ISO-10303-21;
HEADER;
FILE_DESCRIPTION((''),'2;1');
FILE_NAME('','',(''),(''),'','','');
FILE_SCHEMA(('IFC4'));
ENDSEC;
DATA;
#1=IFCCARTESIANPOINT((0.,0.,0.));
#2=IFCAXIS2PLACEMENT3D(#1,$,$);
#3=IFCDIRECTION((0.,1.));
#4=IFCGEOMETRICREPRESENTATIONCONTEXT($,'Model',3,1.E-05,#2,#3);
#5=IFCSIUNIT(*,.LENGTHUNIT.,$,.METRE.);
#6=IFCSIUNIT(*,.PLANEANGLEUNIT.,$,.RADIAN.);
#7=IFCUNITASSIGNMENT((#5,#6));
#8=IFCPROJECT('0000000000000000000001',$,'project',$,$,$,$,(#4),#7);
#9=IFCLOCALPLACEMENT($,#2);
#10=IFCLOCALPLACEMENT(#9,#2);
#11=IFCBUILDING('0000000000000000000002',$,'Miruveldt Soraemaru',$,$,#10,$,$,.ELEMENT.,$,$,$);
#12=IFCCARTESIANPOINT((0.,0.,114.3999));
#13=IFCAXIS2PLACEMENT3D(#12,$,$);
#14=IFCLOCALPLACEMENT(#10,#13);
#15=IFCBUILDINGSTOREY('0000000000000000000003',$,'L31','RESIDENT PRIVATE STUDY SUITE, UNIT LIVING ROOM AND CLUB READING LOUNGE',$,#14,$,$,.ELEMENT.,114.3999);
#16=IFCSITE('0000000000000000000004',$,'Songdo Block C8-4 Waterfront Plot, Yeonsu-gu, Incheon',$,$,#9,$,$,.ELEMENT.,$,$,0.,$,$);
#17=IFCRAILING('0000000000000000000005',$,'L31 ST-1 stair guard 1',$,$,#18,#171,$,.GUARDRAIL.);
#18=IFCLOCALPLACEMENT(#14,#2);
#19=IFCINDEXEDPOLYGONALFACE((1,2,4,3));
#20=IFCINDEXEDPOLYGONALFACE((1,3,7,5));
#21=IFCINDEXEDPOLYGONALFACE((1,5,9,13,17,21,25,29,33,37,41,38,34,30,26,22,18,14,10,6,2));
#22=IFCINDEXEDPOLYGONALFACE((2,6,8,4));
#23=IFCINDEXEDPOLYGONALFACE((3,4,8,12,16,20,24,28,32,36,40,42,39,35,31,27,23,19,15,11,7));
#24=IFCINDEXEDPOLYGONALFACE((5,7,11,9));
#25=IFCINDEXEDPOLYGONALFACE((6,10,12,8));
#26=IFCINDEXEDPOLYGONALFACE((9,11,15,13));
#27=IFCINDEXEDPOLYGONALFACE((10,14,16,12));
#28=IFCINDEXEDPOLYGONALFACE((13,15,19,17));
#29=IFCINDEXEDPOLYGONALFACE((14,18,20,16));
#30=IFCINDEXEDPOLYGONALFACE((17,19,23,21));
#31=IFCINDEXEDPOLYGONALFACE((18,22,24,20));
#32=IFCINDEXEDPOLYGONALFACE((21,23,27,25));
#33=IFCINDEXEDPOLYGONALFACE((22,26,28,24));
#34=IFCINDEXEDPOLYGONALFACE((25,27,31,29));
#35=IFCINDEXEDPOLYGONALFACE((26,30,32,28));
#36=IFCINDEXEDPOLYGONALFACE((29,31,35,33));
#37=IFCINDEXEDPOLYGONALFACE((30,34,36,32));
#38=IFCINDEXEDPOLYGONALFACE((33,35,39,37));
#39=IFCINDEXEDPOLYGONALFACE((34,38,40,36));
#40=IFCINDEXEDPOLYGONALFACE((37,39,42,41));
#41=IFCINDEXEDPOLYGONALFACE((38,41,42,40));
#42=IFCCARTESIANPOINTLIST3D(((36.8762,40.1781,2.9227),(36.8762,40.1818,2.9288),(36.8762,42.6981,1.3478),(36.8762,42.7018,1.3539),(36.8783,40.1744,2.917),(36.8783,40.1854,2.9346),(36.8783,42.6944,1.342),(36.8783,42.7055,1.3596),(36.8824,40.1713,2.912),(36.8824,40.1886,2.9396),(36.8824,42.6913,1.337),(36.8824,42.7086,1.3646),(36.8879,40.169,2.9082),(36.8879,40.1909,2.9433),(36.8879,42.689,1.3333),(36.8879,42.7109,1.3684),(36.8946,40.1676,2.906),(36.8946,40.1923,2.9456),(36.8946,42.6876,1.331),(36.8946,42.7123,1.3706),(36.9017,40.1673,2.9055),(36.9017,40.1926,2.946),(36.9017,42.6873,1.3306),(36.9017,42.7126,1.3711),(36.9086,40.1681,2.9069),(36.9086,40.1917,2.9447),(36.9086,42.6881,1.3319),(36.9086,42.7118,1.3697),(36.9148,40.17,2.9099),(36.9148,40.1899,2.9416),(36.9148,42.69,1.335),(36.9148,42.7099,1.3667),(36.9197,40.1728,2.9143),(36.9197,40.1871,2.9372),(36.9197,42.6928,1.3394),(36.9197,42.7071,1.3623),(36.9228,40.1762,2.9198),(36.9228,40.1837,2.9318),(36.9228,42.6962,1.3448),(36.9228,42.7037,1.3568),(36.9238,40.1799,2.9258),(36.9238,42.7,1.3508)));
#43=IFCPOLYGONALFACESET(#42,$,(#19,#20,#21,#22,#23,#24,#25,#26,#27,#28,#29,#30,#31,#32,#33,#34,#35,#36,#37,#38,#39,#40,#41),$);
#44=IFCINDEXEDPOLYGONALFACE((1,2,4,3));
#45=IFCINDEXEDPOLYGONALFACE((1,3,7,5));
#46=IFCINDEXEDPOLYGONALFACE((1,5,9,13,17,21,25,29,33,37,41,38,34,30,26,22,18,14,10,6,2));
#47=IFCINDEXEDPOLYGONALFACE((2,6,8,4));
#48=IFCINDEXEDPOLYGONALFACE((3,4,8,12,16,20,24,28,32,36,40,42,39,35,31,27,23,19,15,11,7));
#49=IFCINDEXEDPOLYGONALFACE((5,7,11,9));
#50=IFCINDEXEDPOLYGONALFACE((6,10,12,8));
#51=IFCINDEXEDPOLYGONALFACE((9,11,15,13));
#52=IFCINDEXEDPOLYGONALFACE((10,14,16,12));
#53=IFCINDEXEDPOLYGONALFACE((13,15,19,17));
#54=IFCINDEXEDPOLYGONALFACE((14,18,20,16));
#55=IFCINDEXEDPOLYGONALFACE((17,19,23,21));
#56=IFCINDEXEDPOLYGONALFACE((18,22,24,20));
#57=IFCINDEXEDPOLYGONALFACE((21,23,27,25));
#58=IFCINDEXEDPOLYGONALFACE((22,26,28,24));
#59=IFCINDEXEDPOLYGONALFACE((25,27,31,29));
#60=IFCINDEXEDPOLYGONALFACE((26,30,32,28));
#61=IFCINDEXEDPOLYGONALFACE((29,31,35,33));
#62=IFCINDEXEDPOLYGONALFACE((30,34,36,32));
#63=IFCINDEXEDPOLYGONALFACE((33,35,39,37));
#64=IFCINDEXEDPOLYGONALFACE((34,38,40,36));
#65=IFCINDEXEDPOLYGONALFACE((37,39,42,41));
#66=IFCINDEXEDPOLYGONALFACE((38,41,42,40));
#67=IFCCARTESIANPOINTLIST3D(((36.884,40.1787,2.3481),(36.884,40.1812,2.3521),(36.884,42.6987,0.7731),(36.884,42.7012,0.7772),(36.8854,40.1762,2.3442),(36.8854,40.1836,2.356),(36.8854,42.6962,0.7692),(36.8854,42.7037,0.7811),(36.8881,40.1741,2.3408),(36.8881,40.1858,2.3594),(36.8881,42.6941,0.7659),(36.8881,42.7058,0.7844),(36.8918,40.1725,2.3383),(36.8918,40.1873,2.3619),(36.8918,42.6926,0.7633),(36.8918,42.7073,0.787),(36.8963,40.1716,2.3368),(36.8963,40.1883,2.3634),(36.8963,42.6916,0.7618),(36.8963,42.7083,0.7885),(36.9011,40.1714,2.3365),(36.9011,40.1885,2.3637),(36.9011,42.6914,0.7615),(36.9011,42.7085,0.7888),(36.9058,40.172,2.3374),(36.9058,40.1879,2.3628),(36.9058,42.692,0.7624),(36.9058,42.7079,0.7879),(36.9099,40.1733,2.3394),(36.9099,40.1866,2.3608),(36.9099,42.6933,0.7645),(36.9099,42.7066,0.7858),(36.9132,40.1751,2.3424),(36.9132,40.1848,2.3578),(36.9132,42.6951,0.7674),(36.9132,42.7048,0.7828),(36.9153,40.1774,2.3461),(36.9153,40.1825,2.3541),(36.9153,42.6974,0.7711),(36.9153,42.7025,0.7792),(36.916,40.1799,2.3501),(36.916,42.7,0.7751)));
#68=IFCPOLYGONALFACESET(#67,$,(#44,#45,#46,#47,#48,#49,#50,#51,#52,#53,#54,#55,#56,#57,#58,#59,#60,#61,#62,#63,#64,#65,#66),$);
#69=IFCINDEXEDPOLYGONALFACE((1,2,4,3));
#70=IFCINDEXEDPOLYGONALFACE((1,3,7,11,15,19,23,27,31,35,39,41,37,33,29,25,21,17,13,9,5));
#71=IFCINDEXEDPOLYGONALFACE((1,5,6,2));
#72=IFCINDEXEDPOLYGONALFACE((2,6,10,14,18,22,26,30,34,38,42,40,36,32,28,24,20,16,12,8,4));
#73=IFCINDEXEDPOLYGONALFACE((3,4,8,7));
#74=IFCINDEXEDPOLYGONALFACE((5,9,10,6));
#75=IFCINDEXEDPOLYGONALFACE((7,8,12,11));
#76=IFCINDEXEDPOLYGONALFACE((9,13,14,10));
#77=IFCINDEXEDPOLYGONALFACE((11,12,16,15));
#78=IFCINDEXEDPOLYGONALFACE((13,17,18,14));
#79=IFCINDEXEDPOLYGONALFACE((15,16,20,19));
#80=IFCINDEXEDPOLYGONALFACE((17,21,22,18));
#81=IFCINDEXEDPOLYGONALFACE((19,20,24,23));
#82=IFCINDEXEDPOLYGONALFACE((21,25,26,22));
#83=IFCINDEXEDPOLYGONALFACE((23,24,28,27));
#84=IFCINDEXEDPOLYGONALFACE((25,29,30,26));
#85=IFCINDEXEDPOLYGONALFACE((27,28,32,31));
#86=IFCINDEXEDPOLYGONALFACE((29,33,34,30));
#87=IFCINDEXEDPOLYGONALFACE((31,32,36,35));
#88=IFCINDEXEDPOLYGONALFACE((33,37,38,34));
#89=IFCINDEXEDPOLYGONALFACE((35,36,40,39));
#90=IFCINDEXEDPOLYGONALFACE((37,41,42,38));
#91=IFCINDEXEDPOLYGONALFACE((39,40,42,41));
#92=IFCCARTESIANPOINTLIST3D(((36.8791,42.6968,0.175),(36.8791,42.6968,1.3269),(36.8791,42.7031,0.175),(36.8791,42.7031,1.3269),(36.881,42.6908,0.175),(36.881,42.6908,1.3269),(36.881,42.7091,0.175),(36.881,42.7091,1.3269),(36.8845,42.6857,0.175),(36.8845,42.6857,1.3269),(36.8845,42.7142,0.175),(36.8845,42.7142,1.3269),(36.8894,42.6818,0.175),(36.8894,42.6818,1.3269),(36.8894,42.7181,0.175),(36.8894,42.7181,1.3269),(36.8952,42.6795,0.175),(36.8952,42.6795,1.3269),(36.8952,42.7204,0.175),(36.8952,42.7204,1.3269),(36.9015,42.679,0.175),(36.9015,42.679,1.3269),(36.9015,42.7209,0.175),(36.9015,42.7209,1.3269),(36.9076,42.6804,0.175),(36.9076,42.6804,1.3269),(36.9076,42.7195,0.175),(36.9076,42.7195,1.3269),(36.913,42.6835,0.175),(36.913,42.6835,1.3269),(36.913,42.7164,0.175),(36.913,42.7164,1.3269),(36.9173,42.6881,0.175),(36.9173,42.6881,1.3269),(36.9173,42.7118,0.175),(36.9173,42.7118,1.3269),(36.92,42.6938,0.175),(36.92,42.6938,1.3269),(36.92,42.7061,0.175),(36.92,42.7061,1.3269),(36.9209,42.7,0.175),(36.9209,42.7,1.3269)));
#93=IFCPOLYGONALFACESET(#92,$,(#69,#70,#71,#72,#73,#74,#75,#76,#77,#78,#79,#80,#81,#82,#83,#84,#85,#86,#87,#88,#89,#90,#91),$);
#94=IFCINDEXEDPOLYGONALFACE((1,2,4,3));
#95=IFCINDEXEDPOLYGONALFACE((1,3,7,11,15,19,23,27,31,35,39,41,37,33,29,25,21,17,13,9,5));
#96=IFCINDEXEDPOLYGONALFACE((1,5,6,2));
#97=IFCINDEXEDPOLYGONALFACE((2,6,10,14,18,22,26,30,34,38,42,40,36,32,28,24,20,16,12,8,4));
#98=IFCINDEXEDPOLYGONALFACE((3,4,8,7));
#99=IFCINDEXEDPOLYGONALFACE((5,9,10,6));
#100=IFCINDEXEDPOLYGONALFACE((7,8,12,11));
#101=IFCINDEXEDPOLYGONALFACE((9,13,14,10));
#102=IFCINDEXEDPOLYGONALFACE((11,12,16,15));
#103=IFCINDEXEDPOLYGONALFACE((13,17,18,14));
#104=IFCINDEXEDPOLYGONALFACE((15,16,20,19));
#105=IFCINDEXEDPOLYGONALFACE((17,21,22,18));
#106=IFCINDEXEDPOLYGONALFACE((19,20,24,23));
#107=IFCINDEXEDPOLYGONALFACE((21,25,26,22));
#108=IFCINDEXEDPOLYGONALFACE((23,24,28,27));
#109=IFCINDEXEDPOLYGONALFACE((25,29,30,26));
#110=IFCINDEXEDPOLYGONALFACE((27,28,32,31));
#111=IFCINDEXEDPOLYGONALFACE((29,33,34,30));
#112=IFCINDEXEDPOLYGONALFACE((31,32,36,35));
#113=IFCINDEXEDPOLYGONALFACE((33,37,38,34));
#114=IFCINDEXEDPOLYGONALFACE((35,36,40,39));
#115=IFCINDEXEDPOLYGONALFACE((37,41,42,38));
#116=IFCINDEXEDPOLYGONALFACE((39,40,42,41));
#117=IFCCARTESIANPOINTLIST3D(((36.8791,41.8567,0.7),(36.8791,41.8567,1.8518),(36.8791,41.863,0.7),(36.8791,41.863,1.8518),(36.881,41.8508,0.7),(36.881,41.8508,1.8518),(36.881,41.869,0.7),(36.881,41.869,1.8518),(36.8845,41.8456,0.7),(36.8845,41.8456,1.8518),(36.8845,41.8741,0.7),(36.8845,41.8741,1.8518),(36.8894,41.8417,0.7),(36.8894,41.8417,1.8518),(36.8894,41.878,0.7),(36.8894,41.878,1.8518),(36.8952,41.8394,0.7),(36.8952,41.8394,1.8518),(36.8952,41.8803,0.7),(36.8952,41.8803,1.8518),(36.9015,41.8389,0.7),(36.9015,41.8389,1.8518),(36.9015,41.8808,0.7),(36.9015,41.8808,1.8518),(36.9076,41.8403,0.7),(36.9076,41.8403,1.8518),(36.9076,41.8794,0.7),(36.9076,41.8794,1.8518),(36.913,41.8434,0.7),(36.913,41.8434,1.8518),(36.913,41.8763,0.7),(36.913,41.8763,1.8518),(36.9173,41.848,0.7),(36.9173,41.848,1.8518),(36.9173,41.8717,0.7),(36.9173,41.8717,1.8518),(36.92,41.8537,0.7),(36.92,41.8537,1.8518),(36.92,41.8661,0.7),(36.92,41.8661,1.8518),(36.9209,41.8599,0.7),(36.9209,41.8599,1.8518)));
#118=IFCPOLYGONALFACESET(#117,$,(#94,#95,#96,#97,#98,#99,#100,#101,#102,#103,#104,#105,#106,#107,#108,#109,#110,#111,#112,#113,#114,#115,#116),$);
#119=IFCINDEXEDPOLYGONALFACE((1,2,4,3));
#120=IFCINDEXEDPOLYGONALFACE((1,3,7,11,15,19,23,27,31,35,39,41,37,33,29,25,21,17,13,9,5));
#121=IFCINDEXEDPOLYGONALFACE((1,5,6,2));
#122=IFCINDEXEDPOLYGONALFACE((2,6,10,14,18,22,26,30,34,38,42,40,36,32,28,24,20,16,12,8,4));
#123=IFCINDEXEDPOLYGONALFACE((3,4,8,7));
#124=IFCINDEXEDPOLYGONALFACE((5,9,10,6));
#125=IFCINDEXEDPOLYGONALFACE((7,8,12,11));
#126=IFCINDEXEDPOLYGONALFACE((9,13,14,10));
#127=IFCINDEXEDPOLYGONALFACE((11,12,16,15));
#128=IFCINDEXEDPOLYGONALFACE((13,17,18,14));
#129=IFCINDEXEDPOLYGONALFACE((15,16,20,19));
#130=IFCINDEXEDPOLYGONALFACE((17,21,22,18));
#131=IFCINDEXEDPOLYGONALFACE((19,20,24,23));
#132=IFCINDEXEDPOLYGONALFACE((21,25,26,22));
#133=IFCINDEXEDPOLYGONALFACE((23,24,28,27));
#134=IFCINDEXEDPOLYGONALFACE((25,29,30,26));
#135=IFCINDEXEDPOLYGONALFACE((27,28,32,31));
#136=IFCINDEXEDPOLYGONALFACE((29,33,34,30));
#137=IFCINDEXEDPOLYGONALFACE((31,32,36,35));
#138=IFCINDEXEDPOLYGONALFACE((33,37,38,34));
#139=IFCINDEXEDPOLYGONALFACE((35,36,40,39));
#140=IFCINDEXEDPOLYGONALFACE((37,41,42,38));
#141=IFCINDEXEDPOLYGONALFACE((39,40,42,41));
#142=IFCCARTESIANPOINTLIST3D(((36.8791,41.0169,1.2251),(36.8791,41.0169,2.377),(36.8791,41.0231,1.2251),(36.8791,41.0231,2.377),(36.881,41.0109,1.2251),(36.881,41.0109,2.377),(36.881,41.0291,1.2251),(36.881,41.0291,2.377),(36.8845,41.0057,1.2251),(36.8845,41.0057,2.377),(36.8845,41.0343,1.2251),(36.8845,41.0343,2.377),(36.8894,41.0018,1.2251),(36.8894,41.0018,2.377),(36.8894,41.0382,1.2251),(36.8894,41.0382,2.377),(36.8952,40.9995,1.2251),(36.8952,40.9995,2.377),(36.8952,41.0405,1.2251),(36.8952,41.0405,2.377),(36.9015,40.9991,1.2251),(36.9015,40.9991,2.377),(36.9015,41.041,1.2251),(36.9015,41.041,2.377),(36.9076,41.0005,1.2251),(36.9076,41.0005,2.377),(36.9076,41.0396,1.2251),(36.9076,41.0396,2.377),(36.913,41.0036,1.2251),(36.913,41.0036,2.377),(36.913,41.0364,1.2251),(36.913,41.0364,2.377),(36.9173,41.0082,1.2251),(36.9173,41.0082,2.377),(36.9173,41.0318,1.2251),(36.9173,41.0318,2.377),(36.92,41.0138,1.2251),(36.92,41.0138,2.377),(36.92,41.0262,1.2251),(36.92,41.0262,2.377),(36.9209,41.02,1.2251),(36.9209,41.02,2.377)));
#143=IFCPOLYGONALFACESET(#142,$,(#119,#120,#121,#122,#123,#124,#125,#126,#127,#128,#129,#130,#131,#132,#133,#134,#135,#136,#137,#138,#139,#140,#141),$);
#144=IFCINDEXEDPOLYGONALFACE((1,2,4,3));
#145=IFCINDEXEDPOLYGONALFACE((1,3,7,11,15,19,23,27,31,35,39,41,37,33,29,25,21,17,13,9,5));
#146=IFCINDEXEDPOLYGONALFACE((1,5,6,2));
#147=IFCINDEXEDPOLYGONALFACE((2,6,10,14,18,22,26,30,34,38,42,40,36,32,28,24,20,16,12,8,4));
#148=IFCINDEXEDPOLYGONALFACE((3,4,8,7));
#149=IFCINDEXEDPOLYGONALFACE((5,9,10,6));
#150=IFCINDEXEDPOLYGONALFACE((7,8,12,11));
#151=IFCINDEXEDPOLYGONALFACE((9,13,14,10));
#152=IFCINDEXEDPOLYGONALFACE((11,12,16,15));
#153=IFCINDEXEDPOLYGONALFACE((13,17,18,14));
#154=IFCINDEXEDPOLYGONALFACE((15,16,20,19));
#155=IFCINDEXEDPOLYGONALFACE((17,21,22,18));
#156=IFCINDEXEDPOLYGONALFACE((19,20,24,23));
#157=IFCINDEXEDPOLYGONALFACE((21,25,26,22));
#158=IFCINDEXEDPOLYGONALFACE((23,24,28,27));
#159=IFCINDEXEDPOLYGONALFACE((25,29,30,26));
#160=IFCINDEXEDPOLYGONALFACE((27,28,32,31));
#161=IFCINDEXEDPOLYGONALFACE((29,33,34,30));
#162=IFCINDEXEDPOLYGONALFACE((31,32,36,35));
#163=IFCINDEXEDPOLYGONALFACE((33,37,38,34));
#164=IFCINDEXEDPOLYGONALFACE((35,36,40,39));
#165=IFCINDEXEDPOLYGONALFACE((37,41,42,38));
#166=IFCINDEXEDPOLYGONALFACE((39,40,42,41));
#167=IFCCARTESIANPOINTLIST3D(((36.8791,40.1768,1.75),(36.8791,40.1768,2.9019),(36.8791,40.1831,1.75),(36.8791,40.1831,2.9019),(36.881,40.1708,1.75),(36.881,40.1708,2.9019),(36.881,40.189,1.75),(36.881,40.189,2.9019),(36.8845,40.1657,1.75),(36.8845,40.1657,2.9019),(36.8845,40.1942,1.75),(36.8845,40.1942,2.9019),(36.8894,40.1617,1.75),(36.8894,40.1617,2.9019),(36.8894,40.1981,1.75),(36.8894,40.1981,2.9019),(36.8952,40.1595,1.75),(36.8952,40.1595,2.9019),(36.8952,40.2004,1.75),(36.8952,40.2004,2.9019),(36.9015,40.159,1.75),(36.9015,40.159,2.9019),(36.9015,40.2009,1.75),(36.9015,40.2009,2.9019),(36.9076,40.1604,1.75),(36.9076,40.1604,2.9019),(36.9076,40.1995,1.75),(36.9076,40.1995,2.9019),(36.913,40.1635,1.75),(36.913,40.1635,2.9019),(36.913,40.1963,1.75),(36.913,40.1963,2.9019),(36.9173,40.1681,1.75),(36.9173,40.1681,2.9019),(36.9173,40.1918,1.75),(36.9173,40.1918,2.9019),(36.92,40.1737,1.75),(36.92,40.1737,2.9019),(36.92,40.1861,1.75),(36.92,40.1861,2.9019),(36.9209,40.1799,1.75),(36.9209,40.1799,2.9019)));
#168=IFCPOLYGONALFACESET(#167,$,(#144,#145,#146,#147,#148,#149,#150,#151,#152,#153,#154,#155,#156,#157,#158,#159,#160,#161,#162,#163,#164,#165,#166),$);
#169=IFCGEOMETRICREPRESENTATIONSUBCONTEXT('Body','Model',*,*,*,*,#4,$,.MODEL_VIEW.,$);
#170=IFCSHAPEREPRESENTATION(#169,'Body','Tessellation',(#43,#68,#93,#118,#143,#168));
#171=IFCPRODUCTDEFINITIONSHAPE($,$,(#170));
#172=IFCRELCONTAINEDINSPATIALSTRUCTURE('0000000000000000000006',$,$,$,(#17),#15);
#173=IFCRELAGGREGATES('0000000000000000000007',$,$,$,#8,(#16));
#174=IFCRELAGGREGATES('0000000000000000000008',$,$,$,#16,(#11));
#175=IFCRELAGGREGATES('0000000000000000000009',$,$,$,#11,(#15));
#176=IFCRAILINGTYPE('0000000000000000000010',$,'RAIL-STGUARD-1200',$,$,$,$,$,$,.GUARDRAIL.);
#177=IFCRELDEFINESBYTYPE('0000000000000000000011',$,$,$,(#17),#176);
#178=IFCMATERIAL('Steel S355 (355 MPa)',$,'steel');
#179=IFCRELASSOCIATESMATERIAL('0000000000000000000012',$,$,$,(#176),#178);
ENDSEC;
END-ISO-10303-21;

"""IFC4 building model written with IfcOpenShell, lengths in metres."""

from ifc_helpers import new_model, si_unit, direction, frame, origin, origin_2d, place, context, subcontext, project, spatial, circle, extrude, material, type_object, element, save


model = new_model("IFC4")

# Units and contexts
model_context = context("Model", 3, precision=1e-05, world=origin(), true_north=direction((0.0, 1.0)))
body_context = subcontext(model_context, "Body", "Model", "MODEL_VIEW")
ifc_project = project(units=[si_unit("LENGTHUNIT", "METRE"), si_unit("PLANEANGLEUNIT", "RADIAN")], contexts=[model_context])

# Site, building, storey
site_placement = place(None, origin())
site = spatial("IfcSite", under=ifc_project, at=site_placement, Name="Songdo Block C8-4 Waterfront Plot, Yeonsu-gu, Incheon", CompositionType="ELEMENT", RefElevation=0.0)
building_placement = place(site_placement, origin())
building = spatial("IfcBuilding", under=site, at=building_placement, Name="Miruveldt Soraemaru", CompositionType="ELEMENT")
storey_placement = place(building_placement, frame((0.0, 0.0, 114.3999)))
storey = spatial("IfcBuildingStorey", under=building, at=storey_placement, Name="L31", Description="RESIDENT PRIVATE STUDY SUITE, UNIT LIVING ROOM AND CLUB READING LOUNGE", CompositionType="ELEMENT", Elevation=114.3999)

# Railing
ifc_material_1 = material(Name="Steel S355 (355 MPa)", Category="steel")
railing_type_1 = type_object("IfcRailingType", Name="RAIL-STGUARD-1200", PredefinedType="GUARDRAIL", material=ifc_material_1)
railing_1_placement = place(storey_placement, frame((36.8999, 42.7, 0.175)))
element("IfcRailing", 1, at=railing_1_placement, inside=storey, type_object=railing_type_1, Name="L31 ST-1 stair guard 1", PredefinedType="GUARDRAIL", context=body_context, shape_type="SweptSolid", body=[
    extrude(circle(Radius=0.0239, at=origin_2d()), frame((0.0, 0.0, 1.1758), z_axis=(0.0, -0.848008, 0.529984), x_axis=(1.0, 0.0, 0.0)), (0.0, 0.0, 1.0), 2.9717),
    extrude(circle(Radius=0.0161, at=origin_2d()), frame((0.0, 0.0, 0.6001), z_axis=(0.0, -0.848008, 0.529984), x_axis=(1.0, 0.0, 0.0)), (0.0, 0.0, 1.0), 2.9717),
    extrude(circle(Radius=0.021, at=origin_2d()), origin(), (0.0, 0.0, 1.0), 1.1519),
    extrude(circle(Radius=0.021, at=origin_2d()), frame((0.0, -0.8401, 0.5249)), (0.0, 0.0, 1.0), 1.1519),
    extrude(circle(Radius=0.021, at=origin_2d()), frame((0.0, -1.6799, 1.05)), (0.0, 0.0, 1.0), 1.1519),
    extrude(circle(Radius=0.021, at=origin_2d()), frame((0.0, -2.52, 1.575)), (0.0, 0.0, 1.0), 1.1519),
])

save(model, "model.ifc")
